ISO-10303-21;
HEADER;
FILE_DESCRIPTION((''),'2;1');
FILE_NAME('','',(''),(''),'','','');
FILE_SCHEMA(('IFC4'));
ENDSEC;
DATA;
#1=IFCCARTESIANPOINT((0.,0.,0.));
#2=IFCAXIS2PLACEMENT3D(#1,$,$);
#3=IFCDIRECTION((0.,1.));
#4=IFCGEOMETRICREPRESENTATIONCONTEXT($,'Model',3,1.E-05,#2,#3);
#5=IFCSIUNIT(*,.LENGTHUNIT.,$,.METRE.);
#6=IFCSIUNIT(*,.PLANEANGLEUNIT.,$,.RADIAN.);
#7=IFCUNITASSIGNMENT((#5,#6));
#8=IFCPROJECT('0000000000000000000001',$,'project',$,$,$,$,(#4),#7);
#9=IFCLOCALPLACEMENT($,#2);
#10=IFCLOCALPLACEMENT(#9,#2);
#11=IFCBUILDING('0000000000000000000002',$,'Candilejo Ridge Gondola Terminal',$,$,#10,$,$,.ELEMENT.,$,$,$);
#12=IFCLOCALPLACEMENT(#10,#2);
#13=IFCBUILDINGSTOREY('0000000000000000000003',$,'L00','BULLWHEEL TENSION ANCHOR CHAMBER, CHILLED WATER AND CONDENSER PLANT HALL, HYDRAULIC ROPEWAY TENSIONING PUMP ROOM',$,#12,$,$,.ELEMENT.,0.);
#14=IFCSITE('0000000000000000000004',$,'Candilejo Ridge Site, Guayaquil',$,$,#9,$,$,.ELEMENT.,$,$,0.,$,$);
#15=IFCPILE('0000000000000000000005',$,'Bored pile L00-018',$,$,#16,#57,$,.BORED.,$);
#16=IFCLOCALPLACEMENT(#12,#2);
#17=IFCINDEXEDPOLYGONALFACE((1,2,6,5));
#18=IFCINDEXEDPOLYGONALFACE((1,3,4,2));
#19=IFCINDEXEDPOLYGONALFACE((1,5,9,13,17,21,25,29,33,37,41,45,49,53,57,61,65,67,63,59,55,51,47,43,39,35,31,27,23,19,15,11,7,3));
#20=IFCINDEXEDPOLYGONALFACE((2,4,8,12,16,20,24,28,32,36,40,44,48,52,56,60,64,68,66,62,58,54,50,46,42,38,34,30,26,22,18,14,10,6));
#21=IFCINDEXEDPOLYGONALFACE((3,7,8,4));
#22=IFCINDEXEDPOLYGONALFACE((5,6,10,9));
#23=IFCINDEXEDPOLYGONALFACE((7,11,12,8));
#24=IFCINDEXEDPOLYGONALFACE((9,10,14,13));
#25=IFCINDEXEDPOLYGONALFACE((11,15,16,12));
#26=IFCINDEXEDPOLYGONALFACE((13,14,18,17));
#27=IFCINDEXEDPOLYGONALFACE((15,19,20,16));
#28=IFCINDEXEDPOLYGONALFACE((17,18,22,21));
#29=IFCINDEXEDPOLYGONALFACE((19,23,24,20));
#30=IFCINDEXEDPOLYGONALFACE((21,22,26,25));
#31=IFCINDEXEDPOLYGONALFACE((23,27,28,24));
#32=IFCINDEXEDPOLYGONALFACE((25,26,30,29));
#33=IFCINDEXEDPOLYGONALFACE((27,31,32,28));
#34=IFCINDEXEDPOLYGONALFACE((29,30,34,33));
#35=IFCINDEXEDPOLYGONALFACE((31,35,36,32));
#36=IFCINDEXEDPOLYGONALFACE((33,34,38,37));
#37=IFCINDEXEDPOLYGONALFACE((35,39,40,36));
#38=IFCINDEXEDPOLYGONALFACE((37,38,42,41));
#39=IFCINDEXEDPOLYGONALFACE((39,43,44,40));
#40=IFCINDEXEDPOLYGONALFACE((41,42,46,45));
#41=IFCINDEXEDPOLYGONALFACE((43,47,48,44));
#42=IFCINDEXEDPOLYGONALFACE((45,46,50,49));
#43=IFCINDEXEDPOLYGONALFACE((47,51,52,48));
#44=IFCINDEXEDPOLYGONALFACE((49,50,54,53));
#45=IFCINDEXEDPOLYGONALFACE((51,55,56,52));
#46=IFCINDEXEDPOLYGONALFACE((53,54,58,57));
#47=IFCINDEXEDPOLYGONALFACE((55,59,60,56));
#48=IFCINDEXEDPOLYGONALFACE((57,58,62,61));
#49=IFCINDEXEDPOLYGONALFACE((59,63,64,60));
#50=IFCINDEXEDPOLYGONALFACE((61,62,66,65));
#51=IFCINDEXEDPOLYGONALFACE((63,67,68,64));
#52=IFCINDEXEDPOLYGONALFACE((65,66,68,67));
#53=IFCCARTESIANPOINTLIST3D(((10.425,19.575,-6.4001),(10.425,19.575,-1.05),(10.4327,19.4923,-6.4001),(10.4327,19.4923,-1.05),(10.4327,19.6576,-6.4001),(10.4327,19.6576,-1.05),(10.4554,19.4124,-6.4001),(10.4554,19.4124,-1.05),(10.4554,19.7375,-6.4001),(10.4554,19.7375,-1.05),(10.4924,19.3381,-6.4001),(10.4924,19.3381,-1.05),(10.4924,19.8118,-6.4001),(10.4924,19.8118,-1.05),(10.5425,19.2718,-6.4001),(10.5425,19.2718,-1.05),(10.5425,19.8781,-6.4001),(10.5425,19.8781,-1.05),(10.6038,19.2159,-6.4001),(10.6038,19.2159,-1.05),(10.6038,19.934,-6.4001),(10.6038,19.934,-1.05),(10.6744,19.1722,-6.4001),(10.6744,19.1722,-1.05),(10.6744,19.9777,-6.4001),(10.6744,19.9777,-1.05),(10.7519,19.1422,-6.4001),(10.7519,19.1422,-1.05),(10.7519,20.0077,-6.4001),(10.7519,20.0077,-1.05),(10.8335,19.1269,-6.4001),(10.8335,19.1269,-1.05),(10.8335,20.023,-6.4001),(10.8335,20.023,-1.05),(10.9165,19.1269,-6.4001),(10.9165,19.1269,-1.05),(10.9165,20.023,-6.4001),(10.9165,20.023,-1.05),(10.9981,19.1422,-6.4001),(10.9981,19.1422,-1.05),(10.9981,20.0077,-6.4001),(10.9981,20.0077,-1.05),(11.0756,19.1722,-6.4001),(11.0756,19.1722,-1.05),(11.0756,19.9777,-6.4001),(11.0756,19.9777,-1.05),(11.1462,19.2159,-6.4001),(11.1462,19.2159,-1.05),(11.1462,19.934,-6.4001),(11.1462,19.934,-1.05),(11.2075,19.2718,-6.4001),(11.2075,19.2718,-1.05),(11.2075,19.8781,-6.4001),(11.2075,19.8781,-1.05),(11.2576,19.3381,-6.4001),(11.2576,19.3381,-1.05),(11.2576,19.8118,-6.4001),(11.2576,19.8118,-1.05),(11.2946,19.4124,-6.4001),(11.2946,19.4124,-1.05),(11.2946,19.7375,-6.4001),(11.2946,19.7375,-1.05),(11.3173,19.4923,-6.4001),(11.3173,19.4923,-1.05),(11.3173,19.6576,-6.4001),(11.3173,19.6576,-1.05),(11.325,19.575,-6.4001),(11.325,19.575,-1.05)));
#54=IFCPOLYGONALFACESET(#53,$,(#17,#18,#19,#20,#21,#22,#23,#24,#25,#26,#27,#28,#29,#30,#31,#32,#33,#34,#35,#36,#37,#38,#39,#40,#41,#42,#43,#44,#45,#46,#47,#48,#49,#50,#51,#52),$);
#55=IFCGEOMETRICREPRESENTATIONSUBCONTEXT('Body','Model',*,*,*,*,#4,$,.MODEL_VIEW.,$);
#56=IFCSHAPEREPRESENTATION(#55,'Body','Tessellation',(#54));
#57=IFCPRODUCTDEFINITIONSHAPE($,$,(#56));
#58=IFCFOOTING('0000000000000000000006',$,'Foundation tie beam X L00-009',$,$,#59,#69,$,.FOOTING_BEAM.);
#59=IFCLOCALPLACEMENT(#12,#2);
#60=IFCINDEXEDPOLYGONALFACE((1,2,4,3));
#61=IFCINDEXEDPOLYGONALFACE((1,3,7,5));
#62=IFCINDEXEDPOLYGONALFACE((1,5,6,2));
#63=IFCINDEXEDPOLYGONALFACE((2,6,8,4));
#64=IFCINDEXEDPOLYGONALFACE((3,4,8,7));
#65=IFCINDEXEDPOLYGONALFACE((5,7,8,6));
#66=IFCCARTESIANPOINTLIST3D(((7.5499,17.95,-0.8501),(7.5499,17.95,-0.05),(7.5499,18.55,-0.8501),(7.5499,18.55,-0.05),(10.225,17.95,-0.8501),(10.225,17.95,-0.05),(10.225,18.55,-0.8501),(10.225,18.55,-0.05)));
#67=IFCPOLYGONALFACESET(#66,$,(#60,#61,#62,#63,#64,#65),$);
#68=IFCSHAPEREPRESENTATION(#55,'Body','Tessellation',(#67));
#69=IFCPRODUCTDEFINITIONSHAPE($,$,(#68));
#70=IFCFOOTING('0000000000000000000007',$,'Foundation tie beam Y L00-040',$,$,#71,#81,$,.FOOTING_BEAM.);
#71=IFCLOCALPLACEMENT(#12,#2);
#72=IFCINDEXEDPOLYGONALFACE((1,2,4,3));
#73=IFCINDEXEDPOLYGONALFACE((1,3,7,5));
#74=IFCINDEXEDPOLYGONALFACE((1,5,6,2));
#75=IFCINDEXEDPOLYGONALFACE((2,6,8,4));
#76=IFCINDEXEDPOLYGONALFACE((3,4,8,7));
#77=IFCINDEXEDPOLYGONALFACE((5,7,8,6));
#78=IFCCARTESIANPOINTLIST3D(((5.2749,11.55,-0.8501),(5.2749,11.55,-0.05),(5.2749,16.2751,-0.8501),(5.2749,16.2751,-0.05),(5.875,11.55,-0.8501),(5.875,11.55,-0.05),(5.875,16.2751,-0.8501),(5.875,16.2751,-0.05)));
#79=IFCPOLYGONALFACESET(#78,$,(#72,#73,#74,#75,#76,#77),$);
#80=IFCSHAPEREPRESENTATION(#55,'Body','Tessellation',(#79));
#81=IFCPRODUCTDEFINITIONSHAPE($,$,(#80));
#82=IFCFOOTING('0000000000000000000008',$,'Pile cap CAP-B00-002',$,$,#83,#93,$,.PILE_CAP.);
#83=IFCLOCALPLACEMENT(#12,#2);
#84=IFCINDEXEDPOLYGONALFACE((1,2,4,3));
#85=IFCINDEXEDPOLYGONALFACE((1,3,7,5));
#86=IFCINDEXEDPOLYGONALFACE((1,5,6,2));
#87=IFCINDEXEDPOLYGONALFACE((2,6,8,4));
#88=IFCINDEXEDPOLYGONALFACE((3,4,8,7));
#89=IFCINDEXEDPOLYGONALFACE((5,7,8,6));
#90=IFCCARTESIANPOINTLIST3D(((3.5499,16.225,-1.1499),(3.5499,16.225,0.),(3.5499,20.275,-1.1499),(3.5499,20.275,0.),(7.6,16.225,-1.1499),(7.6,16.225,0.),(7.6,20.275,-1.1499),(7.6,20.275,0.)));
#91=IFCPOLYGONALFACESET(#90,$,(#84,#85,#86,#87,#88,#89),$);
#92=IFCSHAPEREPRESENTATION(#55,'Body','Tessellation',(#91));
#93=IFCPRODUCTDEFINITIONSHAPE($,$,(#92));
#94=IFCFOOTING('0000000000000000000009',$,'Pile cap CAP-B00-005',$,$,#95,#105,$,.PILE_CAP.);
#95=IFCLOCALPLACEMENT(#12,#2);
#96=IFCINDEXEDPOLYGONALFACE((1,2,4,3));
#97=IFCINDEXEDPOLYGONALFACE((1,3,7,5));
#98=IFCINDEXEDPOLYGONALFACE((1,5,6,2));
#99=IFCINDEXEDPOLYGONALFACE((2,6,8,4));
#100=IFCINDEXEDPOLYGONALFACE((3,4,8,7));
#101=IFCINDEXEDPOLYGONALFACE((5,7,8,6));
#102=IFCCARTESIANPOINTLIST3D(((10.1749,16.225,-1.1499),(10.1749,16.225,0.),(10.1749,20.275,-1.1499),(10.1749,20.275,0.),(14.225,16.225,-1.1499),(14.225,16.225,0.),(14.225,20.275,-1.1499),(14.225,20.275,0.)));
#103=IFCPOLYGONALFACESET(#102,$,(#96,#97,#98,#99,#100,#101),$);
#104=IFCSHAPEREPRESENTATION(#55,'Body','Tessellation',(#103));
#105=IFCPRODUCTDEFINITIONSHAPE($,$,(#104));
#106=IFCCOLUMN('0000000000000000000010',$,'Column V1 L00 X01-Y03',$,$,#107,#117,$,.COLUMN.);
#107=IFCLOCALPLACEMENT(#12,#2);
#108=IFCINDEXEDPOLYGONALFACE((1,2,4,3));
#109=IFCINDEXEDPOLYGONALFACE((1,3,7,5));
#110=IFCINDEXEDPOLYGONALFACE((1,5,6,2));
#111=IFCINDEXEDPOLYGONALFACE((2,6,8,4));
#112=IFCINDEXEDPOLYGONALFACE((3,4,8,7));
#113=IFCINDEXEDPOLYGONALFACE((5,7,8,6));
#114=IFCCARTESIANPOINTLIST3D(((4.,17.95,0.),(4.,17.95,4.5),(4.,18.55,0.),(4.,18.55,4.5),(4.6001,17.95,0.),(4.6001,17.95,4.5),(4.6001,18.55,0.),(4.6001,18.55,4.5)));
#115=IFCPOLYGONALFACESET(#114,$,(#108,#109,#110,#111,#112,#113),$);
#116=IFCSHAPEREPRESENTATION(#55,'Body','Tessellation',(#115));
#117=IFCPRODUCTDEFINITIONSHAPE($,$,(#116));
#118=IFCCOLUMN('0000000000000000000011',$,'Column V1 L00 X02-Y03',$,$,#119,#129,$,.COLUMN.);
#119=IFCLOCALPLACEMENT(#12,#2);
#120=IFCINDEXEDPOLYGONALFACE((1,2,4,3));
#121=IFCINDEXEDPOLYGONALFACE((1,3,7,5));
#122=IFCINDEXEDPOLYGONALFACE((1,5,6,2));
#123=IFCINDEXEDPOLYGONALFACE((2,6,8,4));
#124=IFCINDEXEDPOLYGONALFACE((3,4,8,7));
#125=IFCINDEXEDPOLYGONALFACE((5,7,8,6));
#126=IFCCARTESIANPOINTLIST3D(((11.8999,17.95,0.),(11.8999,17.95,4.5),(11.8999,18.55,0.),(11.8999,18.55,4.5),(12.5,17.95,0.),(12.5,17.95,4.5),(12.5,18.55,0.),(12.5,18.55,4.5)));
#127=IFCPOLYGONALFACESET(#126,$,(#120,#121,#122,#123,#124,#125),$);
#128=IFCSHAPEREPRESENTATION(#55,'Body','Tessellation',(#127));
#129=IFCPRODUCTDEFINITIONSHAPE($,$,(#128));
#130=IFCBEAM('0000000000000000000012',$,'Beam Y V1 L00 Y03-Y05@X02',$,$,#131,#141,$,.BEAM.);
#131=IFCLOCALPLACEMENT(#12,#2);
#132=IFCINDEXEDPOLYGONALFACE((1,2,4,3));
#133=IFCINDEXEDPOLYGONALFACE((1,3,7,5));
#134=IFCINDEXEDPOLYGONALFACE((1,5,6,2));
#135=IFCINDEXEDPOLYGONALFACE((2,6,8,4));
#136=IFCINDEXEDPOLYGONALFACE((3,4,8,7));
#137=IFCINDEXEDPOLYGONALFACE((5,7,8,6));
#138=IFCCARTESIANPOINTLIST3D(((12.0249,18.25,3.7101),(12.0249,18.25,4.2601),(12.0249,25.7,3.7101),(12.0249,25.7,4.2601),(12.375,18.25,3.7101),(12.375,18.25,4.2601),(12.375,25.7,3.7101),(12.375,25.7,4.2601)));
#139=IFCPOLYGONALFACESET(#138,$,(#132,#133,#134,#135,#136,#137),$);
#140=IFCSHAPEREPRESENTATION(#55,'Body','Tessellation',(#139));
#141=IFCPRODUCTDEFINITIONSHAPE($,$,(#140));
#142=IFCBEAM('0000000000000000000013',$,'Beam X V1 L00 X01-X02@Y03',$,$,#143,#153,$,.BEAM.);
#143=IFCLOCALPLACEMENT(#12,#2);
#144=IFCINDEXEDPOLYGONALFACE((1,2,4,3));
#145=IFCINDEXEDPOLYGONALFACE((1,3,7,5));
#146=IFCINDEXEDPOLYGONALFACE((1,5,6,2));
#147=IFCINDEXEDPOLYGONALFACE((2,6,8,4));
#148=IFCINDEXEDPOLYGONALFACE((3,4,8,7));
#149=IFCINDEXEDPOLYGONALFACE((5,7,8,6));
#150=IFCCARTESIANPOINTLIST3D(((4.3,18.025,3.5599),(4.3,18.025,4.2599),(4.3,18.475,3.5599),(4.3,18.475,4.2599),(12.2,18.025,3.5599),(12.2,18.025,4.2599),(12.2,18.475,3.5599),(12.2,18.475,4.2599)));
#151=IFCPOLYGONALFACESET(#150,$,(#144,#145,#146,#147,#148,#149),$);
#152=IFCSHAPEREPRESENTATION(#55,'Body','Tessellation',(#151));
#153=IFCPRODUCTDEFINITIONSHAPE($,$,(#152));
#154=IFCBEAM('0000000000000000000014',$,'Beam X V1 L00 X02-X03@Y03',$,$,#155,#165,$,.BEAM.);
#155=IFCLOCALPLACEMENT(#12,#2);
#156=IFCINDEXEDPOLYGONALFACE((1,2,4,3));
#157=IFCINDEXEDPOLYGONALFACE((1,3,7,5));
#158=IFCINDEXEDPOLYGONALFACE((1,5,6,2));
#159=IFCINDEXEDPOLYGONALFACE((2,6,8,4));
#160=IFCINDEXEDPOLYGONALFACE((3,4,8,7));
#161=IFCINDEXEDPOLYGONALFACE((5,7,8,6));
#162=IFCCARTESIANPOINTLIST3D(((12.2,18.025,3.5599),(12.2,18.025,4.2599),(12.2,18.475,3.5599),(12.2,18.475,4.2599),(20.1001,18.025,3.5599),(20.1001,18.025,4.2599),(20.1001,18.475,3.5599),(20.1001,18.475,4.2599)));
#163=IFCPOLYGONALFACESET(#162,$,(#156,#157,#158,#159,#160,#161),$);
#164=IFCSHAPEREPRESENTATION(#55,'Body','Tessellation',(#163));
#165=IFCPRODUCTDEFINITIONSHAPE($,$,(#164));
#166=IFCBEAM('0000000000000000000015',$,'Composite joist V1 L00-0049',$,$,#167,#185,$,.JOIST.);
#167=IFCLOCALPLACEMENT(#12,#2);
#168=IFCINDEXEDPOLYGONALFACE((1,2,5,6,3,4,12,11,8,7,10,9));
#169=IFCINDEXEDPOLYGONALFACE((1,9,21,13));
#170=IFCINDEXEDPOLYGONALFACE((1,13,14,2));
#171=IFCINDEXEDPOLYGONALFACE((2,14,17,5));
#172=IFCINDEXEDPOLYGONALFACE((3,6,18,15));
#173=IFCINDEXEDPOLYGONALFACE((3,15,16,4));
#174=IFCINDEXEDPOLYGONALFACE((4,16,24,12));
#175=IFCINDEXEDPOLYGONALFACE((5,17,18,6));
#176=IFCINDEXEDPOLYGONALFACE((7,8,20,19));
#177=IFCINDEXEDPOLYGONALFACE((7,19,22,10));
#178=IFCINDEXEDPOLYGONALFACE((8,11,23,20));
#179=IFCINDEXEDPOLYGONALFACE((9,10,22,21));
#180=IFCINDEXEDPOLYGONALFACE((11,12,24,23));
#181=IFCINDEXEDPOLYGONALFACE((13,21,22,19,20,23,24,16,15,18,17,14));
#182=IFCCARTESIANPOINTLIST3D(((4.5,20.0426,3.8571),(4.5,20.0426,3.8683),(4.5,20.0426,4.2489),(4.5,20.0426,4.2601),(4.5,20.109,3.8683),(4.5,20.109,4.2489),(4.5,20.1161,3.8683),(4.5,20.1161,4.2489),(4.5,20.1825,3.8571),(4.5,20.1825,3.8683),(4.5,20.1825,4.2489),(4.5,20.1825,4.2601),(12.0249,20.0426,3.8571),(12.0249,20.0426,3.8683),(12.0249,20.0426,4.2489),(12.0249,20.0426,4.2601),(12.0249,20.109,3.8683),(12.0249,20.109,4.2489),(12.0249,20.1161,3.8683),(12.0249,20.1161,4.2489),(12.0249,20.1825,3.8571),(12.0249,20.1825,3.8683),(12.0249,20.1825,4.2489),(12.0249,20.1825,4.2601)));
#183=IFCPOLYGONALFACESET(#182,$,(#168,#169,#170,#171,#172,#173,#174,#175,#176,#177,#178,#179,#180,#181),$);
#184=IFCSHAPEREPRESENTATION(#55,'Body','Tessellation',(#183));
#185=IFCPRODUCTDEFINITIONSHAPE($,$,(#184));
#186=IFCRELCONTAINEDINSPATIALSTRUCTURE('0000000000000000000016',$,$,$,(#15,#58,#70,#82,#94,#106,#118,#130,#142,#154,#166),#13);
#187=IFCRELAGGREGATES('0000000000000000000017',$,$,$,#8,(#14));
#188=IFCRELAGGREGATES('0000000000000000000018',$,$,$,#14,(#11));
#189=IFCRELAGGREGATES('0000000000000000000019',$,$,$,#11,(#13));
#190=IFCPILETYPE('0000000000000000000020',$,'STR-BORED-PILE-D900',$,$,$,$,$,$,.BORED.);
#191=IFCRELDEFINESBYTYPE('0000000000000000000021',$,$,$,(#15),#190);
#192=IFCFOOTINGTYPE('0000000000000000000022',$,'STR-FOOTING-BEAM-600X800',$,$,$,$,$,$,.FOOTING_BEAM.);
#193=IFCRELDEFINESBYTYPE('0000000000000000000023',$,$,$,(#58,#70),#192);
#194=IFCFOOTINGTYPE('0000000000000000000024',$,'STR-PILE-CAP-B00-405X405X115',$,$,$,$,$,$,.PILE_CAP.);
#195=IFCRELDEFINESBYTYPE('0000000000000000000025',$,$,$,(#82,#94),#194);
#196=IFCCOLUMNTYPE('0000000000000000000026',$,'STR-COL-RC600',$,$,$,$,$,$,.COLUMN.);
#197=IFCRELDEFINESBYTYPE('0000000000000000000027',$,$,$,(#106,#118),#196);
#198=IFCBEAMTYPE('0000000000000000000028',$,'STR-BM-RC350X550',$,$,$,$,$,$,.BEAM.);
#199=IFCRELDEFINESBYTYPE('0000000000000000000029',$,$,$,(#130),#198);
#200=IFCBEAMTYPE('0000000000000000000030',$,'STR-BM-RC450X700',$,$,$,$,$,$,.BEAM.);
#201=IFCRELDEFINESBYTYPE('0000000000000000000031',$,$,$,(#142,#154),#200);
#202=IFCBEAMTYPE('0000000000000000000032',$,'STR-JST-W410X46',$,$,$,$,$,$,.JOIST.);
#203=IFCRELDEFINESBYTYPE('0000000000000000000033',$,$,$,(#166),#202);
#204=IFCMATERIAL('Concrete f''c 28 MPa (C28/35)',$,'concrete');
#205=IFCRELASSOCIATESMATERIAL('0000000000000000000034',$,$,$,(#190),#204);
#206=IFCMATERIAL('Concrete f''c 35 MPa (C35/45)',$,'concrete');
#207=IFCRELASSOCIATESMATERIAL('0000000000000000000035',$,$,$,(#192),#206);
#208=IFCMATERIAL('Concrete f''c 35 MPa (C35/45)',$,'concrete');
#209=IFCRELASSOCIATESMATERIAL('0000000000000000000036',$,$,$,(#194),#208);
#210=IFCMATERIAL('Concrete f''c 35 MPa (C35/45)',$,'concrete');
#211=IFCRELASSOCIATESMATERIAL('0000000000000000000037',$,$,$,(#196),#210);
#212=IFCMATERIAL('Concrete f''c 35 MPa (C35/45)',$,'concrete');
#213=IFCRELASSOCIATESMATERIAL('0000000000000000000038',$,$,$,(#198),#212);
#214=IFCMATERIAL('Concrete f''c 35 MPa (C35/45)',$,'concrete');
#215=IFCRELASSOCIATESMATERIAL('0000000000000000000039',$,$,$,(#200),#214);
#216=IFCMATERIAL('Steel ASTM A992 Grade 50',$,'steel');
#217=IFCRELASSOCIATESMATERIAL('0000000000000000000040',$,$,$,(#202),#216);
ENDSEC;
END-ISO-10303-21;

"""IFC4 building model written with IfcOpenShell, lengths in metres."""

from ifc_helpers import new_model, si_unit, direction, frame, origin, origin_2d, place, context, subcontext, project, spatial, rectangle, circle, i_section, extrude, material, material_profile, profile_set, type_object, element, save


model = new_model("IFC4")

# Units and contexts
model_context = context("Model", 3, precision=1e-05, world=origin(), true_north=direction((0.0, 1.0)))
body_context = subcontext(model_context, "Body", "Model", "MODEL_VIEW")
ifc_project = project(units=[si_unit("LENGTHUNIT", "METRE"), si_unit("PLANEANGLEUNIT", "RADIAN")], contexts=[model_context])

# Site, building, storey
site_placement = place(None, origin())
site = spatial("IfcSite", under=ifc_project, at=site_placement, Name="Candilejo Ridge Site, Guayaquil", CompositionType="ELEMENT", RefElevation=0.0)
building_placement = place(site_placement, origin())
building = spatial("IfcBuilding", under=site, at=building_placement, Name="Candilejo Ridge Gondola Terminal", CompositionType="ELEMENT")
storey_placement = place(building_placement, origin())
storey = spatial("IfcBuildingStorey", under=building, at=storey_placement, Name="L00", Description="BULLWHEEL TENSION ANCHOR CHAMBER, CHILLED WATER AND CONDENSER PLANT HALL, HYDRAULIC ROPEWAY TENSIONING PUMP ROOM", CompositionType="ELEMENT", Elevation=0.0)

# Pile
ifc_material_1 = material(Name="Concrete f'c 28 MPa (C28/35)", Category="concrete")
ifc_material_profile_1 = material_profile(ifc_material_1, circle(Radius=0.45, at=origin_2d()))
ifc_profile_set_1 = profile_set([ifc_material_profile_1], Name="Concrete f'c 28 MPa (C28/35)")
pile_type = type_object("IfcPileType", Name="STR-BORED-PILE-D900", PredefinedType="BORED", material=ifc_profile_set_1)
for number, where, z_axis, x_axis, name in (
    (1, (10.875, 19.575, -1.05), (0.0, 0.0, -1.0), (1.0, 0.0, 0.0), "Bored pile L00-018"),
):
    element("IfcPile", number, at=place(storey_placement, frame(where, z_axis=z_axis, x_axis=x_axis)), inside=storey, type_object=pile_type, Name=name, PredefinedType="BORED", context=body_context, shape_type="SweptSolid", body=[
        extrude(circle(Radius=0.45, at=origin_2d()), origin(), (0.0, 0.0, 1.0), 5.3501),
    ])

# Footings
ifc_material_2 = material(Name="Concrete f'c 35 MPa (C35/45)", Category="concrete")
footing_type_1 = type_object("IfcFootingType", Name="STR-FOOTING-BEAM-600X800", PredefinedType="FOOTING_BEAM", material=ifc_material_2)
footing_1_placement = place(storey_placement, frame((8.8875, 18.25, -0.8501), z_axis=(0.0, 0.0, 1.0), x_axis=(1.0, 0.0, 0.0)))
element("IfcFooting", 2, at=footing_1_placement, inside=storey, type_object=footing_type_1, Name="Foundation tie beam X L00-009", PredefinedType="FOOTING_BEAM", context=body_context, shape_type="SweptSolid", body=[
    extrude(rectangle(XDim=2.675, YDim=0.6001, at=origin_2d()), origin(), (0.0, 0.0, 1.0), 0.8),
])
footing_2_placement = place(storey_placement, frame((5.575, 13.9126, -0.8501), z_axis=(0.0, 0.0, 1.0), x_axis=(1.0, 0.0, 0.0)))
element("IfcFooting", 3, at=footing_2_placement, inside=storey, type_object=footing_type_1, Name="Foundation tie beam Y L00-040", PredefinedType="FOOTING_BEAM", context=body_context, shape_type="SweptSolid", body=[
    extrude(rectangle(XDim=0.6001, YDim=4.7251, at=origin_2d()), origin(), (0.0, 0.0, 1.0), 0.8),
])
ifc_material_3 = material(Name="Concrete f'c 35 MPa (C35/45)", Category="concrete")
footing_type_2 = type_object("IfcFootingType", Name="STR-PILE-CAP-B00-405X405X115", PredefinedType="PILE_CAP", material=ifc_material_3)
for number, where, z_axis, x_axis, name in (
    (4, (5.575, 18.25, -1.1499), (0.0, 0.0, 1.0), (1.0, 0.0, 0.0), "Pile cap CAP-B00-002"),
    (5, (12.2, 18.25, -1.1499), (0.0, 0.0, 1.0), (1.0, 0.0, 0.0), "Pile cap CAP-B00-005"),
):
    element("IfcFooting", number, at=place(storey_placement, frame(where, z_axis=z_axis, x_axis=x_axis)), inside=storey, type_object=footing_type_2, Name=name, PredefinedType="PILE_CAP", context=body_context, shape_type="SweptSolid", body=[
        extrude(rectangle(XDim=4.05, YDim=4.05, at=origin_2d()), origin(), (0.0, 0.0, 1.0), 1.1499),
    ])

# Columns
ifc_material_4 = material(Name="Concrete f'c 35 MPa (C35/45)", Category="concrete")
ifc_material_profile_2 = material_profile(ifc_material_4, rectangle(XDim=0.6001, YDim=0.6001, at=origin_2d()))
ifc_profile_set_2 = profile_set([ifc_material_profile_2], Name="Concrete f'c 35 MPa (C35/45)")
column_type = type_object("IfcColumnType", Name="STR-COL-RC600", PredefinedType="COLUMN", material=ifc_profile_set_2)
for number, where, z_axis, x_axis, name in (
    (6, (4.3, 18.25, 0.0), (0.0, 0.0, 1.0), (1.0, 0.0, 0.0), "Column V1 L00 X01-Y03"),
    (7, (12.2, 18.25, 0.0), (0.0, 0.0, 1.0), (1.0, 0.0, 0.0), "Column V1 L00 X02-Y03"),
):
    element("IfcColumn", number, at=place(storey_placement, frame(where, z_axis=z_axis, x_axis=x_axis)), inside=storey, type_object=column_type, Name=name, PredefinedType="COLUMN", context=body_context, shape_type="SweptSolid", body=[
        extrude(rectangle(XDim=0.6001, YDim=0.6001, at=origin_2d()), origin(), (0.0, 0.0, 1.0), 4.5),
    ])

# Beams
ifc_material_5 = material(Name="Concrete f'c 35 MPa (C35/45)", Category="concrete")
ifc_material_profile_3 = material_profile(ifc_material_5, rectangle(XDim=0.3501, YDim=0.55, at=origin_2d()))
ifc_profile_set_3 = profile_set([ifc_material_profile_3], Name="Concrete f'c 35 MPa (C35/45)")
beam_type_1 = type_object("IfcBeamType", Name="STR-BM-RC350X550", PredefinedType="BEAM", material=ifc_profile_set_3)
beam_1_placement = place(storey_placement, frame((12.2, 18.25, 3.9851), z_axis=(0.0, 1.0, 0.0), x_axis=(-1.0, 0.0, 0.0)))
element("IfcBeam", 8, at=beam_1_placement, inside=storey, type_object=beam_type_1, Name="Beam Y V1 L00 Y03-Y05@X02", PredefinedType="BEAM", context=body_context, shape_type="SweptSolid", body=[
    extrude(rectangle(XDim=0.3501, YDim=0.55, at=origin_2d()), origin(), (0.0, 0.0, 1.0), 7.45),
])
ifc_material_6 = material(Name="Concrete f'c 35 MPa (C35/45)", Category="concrete")
ifc_material_profile_4 = material_profile(ifc_material_6, rectangle(XDim=0.45, YDim=0.7, at=origin_2d()))
ifc_profile_set_4 = profile_set([ifc_material_profile_4], Name="Concrete f'c 35 MPa (C35/45)")
beam_type_2 = type_object("IfcBeamType", Name="STR-BM-RC450X700", PredefinedType="BEAM", material=ifc_profile_set_4)
beam_2_placement = place(storey_placement, frame((4.3, 18.25, 3.9099), z_axis=(1.0, 0.0, 0.0), x_axis=(0.0, 1.0, 0.0)))
element("IfcBeam", 9, at=beam_2_placement, inside=storey, type_object=beam_type_2, Name="Beam X V1 L00 X01-X02@Y03", PredefinedType="BEAM", context=body_context, shape_type="SweptSolid", body=[
    extrude(rectangle(XDim=0.45, YDim=0.7, at=origin_2d()), origin(), (0.0, 0.0, 1.0), 7.8999),
])
beam_3_placement = place(storey_placement, frame((12.2, 18.25, 3.9099), z_axis=(1.0, 0.0, 0.0), x_axis=(0.0, 1.0, 0.0)))
element("IfcBeam", 10, at=beam_3_placement, inside=storey, type_object=beam_type_2, Name="Beam X V1 L00 X02-X03@Y03", PredefinedType="BEAM", context=body_context, shape_type="SweptSolid", body=[
    extrude(rectangle(XDim=0.45, YDim=0.7, at=origin_2d()), origin(), (0.0, 0.0, 1.0), 7.9001),
])
ifc_material_7 = material(Name="Steel ASTM A992 Grade 50", Category="steel")
ifc_material_profile_5 = material_profile(ifc_material_7, i_section(OverallWidth=0.1399, OverallDepth=0.4031, WebThickness=0.0071, FlangeThickness=0.0112, at=origin_2d()))
ifc_profile_set_5 = profile_set([ifc_material_profile_5], Name="Steel ASTM A992 Grade 50")
beam_type_3 = type_object("IfcBeamType", Name="STR-JST-W410X46", PredefinedType="JOIST", material=ifc_profile_set_5)
beam_4_placement = place(storey_placement, frame((4.5, 20.1125, 4.0586), z_axis=(1.0, 0.0, 0.0), x_axis=(0.0, 1.0, 0.0)))
element("IfcBeam", 11, at=beam_4_placement, inside=storey, type_object=beam_type_3, Name="Composite joist V1 L00-0049", PredefinedType="JOIST", context=body_context, shape_type="SweptSolid", body=[
    extrude(i_section(OverallWidth=0.1399, OverallDepth=0.4031, WebThickness=0.0071, FlangeThickness=0.0112, at=origin_2d()), origin(), (0.0, 0.0, 1.0), 7.5249),
])

save(model, "model.ifc")
